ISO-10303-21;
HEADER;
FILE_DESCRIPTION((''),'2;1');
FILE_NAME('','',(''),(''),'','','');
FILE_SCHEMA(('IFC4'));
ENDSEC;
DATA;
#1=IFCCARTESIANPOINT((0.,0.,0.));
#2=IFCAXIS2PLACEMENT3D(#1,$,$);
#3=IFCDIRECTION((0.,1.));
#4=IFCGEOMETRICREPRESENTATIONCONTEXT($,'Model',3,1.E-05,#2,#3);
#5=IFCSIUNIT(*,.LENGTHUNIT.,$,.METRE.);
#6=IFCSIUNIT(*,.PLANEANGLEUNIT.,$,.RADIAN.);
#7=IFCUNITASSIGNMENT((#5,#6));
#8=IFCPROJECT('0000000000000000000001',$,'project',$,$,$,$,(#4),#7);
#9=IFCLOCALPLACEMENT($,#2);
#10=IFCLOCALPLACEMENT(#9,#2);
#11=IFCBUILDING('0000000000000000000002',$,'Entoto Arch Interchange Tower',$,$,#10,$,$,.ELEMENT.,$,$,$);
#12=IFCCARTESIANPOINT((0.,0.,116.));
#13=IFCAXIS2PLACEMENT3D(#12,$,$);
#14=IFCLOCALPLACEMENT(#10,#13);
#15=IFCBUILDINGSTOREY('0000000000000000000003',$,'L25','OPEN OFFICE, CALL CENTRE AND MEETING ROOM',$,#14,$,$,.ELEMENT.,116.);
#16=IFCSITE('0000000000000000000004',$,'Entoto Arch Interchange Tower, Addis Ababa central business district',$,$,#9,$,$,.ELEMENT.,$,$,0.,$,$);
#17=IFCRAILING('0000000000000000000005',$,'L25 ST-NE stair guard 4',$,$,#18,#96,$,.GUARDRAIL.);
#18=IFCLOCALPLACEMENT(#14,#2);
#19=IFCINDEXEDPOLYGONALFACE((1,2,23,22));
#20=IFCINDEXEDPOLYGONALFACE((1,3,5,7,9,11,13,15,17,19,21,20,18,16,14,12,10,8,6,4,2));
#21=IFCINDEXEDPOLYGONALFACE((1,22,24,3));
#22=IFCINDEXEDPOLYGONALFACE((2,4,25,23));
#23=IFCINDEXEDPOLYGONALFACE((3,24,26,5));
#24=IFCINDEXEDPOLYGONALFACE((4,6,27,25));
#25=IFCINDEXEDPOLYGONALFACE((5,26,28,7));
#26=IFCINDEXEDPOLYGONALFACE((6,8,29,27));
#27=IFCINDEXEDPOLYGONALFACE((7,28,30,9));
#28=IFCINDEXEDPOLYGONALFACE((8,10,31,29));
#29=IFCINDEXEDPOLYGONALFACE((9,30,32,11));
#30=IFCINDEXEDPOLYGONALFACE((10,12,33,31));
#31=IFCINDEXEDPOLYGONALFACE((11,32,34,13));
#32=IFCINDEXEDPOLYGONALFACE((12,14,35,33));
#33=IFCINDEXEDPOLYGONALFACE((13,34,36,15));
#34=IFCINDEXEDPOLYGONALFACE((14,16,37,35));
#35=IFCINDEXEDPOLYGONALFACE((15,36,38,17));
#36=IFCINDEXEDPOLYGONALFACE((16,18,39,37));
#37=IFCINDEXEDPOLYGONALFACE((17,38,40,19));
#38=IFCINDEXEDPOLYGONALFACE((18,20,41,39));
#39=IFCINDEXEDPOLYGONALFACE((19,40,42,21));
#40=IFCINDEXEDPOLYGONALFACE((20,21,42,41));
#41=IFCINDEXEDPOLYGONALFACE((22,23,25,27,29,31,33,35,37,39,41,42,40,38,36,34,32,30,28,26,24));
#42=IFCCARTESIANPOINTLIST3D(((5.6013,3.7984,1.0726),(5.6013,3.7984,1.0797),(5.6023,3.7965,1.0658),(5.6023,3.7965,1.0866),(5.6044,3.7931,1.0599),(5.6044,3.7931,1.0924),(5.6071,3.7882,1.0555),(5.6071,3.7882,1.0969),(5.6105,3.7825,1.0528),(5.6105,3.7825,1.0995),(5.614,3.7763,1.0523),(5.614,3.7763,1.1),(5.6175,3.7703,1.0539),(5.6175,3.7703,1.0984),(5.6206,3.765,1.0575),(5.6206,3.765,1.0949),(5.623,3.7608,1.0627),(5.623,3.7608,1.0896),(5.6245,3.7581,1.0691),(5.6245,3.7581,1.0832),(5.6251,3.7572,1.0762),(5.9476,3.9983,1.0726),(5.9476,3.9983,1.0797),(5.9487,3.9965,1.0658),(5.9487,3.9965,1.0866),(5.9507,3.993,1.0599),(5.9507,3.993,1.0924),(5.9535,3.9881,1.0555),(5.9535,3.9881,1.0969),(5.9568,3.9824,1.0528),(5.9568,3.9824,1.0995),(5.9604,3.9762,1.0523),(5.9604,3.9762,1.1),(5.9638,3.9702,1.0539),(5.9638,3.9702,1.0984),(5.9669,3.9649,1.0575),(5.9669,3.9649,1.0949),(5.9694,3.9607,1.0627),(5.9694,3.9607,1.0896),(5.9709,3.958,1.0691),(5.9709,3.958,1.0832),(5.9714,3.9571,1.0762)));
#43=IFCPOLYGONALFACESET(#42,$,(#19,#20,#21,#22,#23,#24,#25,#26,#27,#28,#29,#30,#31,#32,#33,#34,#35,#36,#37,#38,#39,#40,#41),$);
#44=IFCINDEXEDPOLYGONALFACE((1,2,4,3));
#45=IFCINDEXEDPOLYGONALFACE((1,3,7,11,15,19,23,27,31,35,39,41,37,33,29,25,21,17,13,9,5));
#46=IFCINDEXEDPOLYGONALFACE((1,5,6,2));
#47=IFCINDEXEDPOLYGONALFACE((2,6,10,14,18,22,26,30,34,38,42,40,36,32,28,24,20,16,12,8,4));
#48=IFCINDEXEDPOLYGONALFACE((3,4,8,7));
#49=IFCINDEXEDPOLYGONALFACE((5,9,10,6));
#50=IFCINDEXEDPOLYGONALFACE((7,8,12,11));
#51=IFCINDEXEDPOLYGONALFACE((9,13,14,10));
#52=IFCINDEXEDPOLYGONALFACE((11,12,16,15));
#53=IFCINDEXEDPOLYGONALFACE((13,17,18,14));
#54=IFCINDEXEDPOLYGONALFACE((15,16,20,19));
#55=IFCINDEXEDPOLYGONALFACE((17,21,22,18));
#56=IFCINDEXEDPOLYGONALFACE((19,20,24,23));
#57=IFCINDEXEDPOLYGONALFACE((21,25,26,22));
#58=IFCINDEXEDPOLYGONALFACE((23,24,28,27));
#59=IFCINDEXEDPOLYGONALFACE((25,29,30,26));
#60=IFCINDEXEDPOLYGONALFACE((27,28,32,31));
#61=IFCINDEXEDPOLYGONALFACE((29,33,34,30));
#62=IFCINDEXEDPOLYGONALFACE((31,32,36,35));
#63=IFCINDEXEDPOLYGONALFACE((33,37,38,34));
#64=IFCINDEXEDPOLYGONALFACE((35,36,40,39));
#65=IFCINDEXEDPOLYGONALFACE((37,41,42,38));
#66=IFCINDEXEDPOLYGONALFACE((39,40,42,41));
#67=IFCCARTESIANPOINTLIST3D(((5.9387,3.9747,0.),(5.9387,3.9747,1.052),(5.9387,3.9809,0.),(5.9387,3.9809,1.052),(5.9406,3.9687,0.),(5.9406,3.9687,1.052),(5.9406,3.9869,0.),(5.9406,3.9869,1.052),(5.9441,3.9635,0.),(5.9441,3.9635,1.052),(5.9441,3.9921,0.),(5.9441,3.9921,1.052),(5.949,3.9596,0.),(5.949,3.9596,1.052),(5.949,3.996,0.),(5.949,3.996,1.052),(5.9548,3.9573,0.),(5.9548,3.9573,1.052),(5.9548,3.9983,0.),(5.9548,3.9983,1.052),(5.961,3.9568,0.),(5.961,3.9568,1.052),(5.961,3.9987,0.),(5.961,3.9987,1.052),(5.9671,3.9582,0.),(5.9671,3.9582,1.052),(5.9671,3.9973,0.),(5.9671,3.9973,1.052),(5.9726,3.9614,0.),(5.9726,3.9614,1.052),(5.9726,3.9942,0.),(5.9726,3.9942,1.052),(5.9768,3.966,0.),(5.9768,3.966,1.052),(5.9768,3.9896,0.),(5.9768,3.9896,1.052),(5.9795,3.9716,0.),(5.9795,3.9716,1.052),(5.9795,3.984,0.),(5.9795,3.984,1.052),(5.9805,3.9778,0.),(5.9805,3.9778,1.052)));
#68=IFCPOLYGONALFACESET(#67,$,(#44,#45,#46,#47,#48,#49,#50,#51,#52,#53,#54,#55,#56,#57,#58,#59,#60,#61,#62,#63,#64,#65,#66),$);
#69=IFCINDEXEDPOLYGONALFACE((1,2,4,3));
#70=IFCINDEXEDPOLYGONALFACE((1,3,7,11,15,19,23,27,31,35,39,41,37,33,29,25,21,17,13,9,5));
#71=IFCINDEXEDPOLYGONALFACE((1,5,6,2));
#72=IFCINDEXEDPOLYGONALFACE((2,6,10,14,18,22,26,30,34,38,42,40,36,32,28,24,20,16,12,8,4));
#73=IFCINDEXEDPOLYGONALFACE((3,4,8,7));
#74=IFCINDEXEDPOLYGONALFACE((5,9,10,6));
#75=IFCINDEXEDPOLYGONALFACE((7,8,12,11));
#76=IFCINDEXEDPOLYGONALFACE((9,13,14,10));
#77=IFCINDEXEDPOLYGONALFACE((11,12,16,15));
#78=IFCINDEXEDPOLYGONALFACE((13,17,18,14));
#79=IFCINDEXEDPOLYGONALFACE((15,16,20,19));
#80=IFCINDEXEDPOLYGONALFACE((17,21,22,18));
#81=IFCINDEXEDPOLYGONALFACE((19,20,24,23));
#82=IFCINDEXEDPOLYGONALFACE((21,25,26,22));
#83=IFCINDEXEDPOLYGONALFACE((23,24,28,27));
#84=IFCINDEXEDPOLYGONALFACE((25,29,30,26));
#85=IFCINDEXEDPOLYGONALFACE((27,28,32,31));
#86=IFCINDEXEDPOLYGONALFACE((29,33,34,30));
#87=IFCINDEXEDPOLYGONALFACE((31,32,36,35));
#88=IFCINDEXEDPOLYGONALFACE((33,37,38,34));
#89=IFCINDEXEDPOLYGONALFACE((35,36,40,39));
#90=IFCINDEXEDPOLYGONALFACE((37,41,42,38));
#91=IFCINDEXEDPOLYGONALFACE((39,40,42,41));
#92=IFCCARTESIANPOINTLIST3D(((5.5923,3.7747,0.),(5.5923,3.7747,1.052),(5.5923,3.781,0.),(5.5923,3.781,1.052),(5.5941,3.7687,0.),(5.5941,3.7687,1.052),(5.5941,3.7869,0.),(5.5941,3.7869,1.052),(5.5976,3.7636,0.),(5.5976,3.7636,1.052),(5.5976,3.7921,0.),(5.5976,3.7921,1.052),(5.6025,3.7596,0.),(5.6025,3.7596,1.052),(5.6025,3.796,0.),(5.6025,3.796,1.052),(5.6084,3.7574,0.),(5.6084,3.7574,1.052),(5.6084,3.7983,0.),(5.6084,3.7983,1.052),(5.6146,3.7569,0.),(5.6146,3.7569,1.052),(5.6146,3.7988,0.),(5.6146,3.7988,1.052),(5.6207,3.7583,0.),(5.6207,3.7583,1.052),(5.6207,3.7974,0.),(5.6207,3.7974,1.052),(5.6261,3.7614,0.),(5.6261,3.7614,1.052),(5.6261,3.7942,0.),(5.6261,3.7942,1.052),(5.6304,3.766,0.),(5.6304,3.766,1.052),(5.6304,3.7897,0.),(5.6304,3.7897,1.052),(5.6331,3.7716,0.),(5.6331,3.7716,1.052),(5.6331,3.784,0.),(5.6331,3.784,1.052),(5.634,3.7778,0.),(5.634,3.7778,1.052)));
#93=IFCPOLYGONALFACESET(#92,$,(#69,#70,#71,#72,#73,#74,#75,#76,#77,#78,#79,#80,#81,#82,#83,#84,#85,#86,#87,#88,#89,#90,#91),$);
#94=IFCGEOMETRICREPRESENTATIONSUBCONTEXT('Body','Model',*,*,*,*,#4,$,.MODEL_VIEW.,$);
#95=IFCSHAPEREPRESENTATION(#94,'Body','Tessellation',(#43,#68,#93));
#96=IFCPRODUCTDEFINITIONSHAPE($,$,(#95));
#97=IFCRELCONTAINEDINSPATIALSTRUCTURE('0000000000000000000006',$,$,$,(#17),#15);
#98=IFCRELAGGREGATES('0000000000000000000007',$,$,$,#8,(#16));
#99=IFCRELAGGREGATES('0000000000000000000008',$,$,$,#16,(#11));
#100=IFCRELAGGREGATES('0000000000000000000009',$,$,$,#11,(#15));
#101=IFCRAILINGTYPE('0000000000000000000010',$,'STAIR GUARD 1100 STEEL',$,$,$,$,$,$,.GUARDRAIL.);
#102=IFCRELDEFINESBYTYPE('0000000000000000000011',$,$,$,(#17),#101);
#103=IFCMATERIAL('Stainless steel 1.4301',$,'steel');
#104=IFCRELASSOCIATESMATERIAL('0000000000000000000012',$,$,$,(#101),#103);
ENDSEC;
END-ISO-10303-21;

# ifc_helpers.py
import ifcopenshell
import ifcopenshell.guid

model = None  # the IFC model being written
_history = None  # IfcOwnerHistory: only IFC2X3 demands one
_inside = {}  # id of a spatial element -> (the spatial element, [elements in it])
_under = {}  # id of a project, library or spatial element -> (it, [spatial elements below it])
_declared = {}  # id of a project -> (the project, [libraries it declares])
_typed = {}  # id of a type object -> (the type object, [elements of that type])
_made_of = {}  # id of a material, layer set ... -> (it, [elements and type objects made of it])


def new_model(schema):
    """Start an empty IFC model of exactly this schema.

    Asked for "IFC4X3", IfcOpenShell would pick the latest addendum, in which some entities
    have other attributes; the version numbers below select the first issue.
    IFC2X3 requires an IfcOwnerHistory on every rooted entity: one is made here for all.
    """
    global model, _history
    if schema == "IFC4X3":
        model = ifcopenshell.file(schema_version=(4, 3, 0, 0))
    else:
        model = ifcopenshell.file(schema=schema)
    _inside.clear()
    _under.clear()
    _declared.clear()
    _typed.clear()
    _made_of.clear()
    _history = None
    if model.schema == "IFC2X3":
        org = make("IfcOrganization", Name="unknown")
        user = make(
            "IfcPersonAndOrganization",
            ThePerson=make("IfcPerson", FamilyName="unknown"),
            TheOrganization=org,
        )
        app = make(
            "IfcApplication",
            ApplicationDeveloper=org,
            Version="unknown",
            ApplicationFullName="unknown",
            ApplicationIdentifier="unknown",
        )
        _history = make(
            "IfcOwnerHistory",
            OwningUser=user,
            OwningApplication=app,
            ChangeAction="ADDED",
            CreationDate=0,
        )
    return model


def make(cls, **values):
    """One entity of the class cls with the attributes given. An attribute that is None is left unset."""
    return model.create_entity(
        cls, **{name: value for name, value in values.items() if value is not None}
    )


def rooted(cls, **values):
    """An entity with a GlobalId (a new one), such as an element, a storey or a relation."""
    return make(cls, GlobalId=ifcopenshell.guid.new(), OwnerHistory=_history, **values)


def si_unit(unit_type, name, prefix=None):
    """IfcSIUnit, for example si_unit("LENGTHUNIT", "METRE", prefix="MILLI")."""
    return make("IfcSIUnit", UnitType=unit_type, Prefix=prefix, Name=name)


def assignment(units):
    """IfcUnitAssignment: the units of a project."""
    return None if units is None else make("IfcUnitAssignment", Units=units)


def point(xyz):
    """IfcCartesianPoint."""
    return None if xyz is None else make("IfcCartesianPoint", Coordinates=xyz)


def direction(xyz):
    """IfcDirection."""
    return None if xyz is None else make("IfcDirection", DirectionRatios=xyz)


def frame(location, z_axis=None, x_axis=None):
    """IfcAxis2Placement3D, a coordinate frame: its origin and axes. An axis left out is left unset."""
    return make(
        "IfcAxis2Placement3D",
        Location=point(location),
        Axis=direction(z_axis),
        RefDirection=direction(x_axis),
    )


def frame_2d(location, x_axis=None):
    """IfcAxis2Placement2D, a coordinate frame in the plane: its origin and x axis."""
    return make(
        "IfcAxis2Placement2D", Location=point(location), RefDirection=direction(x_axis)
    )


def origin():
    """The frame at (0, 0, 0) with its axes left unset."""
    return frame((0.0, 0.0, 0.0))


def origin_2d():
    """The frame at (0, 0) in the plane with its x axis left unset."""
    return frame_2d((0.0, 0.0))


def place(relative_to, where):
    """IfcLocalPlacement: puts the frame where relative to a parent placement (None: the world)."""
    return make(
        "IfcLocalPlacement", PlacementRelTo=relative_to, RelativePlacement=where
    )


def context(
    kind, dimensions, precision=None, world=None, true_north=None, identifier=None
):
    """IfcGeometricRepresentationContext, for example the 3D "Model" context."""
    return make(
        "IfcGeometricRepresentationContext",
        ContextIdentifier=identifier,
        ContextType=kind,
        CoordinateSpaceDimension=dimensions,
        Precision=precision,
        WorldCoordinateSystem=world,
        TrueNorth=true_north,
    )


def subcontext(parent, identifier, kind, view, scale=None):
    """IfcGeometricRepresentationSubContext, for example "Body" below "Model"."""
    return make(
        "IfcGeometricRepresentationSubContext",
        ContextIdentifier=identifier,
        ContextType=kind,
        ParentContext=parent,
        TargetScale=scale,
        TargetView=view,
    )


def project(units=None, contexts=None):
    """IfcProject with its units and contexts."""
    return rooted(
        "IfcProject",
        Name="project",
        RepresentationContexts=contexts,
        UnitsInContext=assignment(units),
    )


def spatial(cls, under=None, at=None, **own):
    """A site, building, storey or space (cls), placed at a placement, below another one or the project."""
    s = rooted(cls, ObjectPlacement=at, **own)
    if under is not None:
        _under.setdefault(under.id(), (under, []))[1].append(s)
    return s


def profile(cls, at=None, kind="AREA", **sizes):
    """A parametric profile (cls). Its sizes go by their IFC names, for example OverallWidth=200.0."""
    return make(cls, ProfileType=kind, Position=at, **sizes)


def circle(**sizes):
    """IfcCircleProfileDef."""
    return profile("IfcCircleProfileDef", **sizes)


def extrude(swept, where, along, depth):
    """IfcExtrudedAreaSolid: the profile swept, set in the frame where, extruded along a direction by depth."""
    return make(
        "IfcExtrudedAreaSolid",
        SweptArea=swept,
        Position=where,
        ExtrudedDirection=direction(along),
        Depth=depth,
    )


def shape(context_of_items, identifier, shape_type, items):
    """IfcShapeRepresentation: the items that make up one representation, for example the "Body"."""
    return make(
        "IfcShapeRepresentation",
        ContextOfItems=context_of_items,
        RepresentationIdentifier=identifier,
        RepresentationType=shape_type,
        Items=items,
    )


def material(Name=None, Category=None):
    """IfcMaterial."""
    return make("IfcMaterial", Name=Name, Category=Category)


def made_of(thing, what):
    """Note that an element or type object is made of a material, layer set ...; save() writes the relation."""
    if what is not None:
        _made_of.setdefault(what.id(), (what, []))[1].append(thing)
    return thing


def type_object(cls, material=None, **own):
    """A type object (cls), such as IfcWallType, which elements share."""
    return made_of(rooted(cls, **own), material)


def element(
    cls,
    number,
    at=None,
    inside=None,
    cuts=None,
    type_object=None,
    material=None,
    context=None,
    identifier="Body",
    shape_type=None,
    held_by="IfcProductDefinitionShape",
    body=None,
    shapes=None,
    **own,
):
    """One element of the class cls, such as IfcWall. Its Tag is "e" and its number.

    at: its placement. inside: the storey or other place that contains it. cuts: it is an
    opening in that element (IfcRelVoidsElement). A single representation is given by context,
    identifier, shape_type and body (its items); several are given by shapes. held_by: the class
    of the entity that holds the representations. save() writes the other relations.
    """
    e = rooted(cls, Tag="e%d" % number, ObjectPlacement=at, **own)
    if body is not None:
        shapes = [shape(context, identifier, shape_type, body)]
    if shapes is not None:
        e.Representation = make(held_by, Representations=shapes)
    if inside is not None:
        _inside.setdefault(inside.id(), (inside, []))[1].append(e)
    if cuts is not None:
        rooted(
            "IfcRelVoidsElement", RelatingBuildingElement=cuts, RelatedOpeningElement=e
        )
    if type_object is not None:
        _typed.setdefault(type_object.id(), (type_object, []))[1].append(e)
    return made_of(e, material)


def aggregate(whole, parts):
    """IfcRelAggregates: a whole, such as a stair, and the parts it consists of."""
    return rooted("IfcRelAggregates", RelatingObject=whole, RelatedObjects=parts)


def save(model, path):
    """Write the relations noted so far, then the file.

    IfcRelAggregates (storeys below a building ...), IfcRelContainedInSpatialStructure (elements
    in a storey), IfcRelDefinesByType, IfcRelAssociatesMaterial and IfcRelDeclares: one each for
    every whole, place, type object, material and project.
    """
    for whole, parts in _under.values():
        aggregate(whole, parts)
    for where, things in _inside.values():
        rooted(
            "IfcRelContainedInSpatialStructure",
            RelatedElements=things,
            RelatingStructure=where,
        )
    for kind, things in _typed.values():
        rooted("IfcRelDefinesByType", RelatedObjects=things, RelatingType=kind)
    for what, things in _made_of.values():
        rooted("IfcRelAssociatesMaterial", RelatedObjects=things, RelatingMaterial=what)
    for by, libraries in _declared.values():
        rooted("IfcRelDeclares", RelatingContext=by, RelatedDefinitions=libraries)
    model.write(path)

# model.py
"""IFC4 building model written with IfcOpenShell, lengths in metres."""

from ifc_helpers import new_model, si_unit, direction, frame, origin, origin_2d, place, context, subcontext, project, spatial, circle, extrude, material, type_object, element, save


model = new_model("IFC4")

# Units and contexts
model_context = context("Model", 3, precision=1e-05, world=origin(), true_north=direction((0.0, 1.0)))
body_context = subcontext(model_context, "Body", "Model", "MODEL_VIEW")
ifc_project = project(units=[si_unit("LENGTHUNIT", "METRE"), si_unit("PLANEANGLEUNIT", "RADIAN")], contexts=[model_context])

# Site, building, storey
site_placement = place(None, origin())
site = spatial("IfcSite", under=ifc_project, at=site_placement, Name="Entoto Arch Interchange Tower, Addis Ababa central business district", CompositionType="ELEMENT", RefElevation=0.0)
building_placement = place(site_placement, origin())
building = spatial("IfcBuilding", under=site, at=building_placement, Name="Entoto Arch Interchange Tower", CompositionType="ELEMENT")
storey_placement = place(building_placement, frame((0.0, 0.0, 116.0)))
storey = spatial("IfcBuildingStorey", under=building, at=storey_placement, Name="L25", Description="OPEN OFFICE, CALL CENTRE AND MEETING ROOM", CompositionType="ELEMENT", Elevation=116.0)

# Railing
ifc_material_1 = material(Name="Stainless steel 1.4301", Category="steel")
railing_type_1 = type_object("IfcRailingType", Name="STAIR GUARD 1100 STEEL", PredefinedType="GUARDRAIL", material=ifc_material_1)
railing_1_placement = place(storey_placement, frame((5.9595, 3.9778, 0.0)))
element("IfcRailing", 1, at=railing_1_placement, inside=storey, type_object=railing_type_1, Name="L25 ST-NE stair guard 4", PredefinedType="GUARDRAIL", context=body_context, shape_type="SweptSolid", body=[
    extrude(circle(Radius=0.0239, at=origin_2d()), frame((0.0, 0.0, 1.0762), z_axis=(-0.866094, -0.499881, 0.0), x_axis=(0.499881, -0.866094, 0.0)), (0.0, 0.0, 1.0), 0.3999),
    extrude(circle(Radius=0.021, at=origin_2d()), origin(), (0.0, 0.0, 1.0), 1.052),
    extrude(circle(Radius=0.021, at=origin_2d()), frame((-0.3464, -0.2, 0.0)), (0.0, 0.0, 1.0), 1.052),
])

save(model, "model.ifc")
